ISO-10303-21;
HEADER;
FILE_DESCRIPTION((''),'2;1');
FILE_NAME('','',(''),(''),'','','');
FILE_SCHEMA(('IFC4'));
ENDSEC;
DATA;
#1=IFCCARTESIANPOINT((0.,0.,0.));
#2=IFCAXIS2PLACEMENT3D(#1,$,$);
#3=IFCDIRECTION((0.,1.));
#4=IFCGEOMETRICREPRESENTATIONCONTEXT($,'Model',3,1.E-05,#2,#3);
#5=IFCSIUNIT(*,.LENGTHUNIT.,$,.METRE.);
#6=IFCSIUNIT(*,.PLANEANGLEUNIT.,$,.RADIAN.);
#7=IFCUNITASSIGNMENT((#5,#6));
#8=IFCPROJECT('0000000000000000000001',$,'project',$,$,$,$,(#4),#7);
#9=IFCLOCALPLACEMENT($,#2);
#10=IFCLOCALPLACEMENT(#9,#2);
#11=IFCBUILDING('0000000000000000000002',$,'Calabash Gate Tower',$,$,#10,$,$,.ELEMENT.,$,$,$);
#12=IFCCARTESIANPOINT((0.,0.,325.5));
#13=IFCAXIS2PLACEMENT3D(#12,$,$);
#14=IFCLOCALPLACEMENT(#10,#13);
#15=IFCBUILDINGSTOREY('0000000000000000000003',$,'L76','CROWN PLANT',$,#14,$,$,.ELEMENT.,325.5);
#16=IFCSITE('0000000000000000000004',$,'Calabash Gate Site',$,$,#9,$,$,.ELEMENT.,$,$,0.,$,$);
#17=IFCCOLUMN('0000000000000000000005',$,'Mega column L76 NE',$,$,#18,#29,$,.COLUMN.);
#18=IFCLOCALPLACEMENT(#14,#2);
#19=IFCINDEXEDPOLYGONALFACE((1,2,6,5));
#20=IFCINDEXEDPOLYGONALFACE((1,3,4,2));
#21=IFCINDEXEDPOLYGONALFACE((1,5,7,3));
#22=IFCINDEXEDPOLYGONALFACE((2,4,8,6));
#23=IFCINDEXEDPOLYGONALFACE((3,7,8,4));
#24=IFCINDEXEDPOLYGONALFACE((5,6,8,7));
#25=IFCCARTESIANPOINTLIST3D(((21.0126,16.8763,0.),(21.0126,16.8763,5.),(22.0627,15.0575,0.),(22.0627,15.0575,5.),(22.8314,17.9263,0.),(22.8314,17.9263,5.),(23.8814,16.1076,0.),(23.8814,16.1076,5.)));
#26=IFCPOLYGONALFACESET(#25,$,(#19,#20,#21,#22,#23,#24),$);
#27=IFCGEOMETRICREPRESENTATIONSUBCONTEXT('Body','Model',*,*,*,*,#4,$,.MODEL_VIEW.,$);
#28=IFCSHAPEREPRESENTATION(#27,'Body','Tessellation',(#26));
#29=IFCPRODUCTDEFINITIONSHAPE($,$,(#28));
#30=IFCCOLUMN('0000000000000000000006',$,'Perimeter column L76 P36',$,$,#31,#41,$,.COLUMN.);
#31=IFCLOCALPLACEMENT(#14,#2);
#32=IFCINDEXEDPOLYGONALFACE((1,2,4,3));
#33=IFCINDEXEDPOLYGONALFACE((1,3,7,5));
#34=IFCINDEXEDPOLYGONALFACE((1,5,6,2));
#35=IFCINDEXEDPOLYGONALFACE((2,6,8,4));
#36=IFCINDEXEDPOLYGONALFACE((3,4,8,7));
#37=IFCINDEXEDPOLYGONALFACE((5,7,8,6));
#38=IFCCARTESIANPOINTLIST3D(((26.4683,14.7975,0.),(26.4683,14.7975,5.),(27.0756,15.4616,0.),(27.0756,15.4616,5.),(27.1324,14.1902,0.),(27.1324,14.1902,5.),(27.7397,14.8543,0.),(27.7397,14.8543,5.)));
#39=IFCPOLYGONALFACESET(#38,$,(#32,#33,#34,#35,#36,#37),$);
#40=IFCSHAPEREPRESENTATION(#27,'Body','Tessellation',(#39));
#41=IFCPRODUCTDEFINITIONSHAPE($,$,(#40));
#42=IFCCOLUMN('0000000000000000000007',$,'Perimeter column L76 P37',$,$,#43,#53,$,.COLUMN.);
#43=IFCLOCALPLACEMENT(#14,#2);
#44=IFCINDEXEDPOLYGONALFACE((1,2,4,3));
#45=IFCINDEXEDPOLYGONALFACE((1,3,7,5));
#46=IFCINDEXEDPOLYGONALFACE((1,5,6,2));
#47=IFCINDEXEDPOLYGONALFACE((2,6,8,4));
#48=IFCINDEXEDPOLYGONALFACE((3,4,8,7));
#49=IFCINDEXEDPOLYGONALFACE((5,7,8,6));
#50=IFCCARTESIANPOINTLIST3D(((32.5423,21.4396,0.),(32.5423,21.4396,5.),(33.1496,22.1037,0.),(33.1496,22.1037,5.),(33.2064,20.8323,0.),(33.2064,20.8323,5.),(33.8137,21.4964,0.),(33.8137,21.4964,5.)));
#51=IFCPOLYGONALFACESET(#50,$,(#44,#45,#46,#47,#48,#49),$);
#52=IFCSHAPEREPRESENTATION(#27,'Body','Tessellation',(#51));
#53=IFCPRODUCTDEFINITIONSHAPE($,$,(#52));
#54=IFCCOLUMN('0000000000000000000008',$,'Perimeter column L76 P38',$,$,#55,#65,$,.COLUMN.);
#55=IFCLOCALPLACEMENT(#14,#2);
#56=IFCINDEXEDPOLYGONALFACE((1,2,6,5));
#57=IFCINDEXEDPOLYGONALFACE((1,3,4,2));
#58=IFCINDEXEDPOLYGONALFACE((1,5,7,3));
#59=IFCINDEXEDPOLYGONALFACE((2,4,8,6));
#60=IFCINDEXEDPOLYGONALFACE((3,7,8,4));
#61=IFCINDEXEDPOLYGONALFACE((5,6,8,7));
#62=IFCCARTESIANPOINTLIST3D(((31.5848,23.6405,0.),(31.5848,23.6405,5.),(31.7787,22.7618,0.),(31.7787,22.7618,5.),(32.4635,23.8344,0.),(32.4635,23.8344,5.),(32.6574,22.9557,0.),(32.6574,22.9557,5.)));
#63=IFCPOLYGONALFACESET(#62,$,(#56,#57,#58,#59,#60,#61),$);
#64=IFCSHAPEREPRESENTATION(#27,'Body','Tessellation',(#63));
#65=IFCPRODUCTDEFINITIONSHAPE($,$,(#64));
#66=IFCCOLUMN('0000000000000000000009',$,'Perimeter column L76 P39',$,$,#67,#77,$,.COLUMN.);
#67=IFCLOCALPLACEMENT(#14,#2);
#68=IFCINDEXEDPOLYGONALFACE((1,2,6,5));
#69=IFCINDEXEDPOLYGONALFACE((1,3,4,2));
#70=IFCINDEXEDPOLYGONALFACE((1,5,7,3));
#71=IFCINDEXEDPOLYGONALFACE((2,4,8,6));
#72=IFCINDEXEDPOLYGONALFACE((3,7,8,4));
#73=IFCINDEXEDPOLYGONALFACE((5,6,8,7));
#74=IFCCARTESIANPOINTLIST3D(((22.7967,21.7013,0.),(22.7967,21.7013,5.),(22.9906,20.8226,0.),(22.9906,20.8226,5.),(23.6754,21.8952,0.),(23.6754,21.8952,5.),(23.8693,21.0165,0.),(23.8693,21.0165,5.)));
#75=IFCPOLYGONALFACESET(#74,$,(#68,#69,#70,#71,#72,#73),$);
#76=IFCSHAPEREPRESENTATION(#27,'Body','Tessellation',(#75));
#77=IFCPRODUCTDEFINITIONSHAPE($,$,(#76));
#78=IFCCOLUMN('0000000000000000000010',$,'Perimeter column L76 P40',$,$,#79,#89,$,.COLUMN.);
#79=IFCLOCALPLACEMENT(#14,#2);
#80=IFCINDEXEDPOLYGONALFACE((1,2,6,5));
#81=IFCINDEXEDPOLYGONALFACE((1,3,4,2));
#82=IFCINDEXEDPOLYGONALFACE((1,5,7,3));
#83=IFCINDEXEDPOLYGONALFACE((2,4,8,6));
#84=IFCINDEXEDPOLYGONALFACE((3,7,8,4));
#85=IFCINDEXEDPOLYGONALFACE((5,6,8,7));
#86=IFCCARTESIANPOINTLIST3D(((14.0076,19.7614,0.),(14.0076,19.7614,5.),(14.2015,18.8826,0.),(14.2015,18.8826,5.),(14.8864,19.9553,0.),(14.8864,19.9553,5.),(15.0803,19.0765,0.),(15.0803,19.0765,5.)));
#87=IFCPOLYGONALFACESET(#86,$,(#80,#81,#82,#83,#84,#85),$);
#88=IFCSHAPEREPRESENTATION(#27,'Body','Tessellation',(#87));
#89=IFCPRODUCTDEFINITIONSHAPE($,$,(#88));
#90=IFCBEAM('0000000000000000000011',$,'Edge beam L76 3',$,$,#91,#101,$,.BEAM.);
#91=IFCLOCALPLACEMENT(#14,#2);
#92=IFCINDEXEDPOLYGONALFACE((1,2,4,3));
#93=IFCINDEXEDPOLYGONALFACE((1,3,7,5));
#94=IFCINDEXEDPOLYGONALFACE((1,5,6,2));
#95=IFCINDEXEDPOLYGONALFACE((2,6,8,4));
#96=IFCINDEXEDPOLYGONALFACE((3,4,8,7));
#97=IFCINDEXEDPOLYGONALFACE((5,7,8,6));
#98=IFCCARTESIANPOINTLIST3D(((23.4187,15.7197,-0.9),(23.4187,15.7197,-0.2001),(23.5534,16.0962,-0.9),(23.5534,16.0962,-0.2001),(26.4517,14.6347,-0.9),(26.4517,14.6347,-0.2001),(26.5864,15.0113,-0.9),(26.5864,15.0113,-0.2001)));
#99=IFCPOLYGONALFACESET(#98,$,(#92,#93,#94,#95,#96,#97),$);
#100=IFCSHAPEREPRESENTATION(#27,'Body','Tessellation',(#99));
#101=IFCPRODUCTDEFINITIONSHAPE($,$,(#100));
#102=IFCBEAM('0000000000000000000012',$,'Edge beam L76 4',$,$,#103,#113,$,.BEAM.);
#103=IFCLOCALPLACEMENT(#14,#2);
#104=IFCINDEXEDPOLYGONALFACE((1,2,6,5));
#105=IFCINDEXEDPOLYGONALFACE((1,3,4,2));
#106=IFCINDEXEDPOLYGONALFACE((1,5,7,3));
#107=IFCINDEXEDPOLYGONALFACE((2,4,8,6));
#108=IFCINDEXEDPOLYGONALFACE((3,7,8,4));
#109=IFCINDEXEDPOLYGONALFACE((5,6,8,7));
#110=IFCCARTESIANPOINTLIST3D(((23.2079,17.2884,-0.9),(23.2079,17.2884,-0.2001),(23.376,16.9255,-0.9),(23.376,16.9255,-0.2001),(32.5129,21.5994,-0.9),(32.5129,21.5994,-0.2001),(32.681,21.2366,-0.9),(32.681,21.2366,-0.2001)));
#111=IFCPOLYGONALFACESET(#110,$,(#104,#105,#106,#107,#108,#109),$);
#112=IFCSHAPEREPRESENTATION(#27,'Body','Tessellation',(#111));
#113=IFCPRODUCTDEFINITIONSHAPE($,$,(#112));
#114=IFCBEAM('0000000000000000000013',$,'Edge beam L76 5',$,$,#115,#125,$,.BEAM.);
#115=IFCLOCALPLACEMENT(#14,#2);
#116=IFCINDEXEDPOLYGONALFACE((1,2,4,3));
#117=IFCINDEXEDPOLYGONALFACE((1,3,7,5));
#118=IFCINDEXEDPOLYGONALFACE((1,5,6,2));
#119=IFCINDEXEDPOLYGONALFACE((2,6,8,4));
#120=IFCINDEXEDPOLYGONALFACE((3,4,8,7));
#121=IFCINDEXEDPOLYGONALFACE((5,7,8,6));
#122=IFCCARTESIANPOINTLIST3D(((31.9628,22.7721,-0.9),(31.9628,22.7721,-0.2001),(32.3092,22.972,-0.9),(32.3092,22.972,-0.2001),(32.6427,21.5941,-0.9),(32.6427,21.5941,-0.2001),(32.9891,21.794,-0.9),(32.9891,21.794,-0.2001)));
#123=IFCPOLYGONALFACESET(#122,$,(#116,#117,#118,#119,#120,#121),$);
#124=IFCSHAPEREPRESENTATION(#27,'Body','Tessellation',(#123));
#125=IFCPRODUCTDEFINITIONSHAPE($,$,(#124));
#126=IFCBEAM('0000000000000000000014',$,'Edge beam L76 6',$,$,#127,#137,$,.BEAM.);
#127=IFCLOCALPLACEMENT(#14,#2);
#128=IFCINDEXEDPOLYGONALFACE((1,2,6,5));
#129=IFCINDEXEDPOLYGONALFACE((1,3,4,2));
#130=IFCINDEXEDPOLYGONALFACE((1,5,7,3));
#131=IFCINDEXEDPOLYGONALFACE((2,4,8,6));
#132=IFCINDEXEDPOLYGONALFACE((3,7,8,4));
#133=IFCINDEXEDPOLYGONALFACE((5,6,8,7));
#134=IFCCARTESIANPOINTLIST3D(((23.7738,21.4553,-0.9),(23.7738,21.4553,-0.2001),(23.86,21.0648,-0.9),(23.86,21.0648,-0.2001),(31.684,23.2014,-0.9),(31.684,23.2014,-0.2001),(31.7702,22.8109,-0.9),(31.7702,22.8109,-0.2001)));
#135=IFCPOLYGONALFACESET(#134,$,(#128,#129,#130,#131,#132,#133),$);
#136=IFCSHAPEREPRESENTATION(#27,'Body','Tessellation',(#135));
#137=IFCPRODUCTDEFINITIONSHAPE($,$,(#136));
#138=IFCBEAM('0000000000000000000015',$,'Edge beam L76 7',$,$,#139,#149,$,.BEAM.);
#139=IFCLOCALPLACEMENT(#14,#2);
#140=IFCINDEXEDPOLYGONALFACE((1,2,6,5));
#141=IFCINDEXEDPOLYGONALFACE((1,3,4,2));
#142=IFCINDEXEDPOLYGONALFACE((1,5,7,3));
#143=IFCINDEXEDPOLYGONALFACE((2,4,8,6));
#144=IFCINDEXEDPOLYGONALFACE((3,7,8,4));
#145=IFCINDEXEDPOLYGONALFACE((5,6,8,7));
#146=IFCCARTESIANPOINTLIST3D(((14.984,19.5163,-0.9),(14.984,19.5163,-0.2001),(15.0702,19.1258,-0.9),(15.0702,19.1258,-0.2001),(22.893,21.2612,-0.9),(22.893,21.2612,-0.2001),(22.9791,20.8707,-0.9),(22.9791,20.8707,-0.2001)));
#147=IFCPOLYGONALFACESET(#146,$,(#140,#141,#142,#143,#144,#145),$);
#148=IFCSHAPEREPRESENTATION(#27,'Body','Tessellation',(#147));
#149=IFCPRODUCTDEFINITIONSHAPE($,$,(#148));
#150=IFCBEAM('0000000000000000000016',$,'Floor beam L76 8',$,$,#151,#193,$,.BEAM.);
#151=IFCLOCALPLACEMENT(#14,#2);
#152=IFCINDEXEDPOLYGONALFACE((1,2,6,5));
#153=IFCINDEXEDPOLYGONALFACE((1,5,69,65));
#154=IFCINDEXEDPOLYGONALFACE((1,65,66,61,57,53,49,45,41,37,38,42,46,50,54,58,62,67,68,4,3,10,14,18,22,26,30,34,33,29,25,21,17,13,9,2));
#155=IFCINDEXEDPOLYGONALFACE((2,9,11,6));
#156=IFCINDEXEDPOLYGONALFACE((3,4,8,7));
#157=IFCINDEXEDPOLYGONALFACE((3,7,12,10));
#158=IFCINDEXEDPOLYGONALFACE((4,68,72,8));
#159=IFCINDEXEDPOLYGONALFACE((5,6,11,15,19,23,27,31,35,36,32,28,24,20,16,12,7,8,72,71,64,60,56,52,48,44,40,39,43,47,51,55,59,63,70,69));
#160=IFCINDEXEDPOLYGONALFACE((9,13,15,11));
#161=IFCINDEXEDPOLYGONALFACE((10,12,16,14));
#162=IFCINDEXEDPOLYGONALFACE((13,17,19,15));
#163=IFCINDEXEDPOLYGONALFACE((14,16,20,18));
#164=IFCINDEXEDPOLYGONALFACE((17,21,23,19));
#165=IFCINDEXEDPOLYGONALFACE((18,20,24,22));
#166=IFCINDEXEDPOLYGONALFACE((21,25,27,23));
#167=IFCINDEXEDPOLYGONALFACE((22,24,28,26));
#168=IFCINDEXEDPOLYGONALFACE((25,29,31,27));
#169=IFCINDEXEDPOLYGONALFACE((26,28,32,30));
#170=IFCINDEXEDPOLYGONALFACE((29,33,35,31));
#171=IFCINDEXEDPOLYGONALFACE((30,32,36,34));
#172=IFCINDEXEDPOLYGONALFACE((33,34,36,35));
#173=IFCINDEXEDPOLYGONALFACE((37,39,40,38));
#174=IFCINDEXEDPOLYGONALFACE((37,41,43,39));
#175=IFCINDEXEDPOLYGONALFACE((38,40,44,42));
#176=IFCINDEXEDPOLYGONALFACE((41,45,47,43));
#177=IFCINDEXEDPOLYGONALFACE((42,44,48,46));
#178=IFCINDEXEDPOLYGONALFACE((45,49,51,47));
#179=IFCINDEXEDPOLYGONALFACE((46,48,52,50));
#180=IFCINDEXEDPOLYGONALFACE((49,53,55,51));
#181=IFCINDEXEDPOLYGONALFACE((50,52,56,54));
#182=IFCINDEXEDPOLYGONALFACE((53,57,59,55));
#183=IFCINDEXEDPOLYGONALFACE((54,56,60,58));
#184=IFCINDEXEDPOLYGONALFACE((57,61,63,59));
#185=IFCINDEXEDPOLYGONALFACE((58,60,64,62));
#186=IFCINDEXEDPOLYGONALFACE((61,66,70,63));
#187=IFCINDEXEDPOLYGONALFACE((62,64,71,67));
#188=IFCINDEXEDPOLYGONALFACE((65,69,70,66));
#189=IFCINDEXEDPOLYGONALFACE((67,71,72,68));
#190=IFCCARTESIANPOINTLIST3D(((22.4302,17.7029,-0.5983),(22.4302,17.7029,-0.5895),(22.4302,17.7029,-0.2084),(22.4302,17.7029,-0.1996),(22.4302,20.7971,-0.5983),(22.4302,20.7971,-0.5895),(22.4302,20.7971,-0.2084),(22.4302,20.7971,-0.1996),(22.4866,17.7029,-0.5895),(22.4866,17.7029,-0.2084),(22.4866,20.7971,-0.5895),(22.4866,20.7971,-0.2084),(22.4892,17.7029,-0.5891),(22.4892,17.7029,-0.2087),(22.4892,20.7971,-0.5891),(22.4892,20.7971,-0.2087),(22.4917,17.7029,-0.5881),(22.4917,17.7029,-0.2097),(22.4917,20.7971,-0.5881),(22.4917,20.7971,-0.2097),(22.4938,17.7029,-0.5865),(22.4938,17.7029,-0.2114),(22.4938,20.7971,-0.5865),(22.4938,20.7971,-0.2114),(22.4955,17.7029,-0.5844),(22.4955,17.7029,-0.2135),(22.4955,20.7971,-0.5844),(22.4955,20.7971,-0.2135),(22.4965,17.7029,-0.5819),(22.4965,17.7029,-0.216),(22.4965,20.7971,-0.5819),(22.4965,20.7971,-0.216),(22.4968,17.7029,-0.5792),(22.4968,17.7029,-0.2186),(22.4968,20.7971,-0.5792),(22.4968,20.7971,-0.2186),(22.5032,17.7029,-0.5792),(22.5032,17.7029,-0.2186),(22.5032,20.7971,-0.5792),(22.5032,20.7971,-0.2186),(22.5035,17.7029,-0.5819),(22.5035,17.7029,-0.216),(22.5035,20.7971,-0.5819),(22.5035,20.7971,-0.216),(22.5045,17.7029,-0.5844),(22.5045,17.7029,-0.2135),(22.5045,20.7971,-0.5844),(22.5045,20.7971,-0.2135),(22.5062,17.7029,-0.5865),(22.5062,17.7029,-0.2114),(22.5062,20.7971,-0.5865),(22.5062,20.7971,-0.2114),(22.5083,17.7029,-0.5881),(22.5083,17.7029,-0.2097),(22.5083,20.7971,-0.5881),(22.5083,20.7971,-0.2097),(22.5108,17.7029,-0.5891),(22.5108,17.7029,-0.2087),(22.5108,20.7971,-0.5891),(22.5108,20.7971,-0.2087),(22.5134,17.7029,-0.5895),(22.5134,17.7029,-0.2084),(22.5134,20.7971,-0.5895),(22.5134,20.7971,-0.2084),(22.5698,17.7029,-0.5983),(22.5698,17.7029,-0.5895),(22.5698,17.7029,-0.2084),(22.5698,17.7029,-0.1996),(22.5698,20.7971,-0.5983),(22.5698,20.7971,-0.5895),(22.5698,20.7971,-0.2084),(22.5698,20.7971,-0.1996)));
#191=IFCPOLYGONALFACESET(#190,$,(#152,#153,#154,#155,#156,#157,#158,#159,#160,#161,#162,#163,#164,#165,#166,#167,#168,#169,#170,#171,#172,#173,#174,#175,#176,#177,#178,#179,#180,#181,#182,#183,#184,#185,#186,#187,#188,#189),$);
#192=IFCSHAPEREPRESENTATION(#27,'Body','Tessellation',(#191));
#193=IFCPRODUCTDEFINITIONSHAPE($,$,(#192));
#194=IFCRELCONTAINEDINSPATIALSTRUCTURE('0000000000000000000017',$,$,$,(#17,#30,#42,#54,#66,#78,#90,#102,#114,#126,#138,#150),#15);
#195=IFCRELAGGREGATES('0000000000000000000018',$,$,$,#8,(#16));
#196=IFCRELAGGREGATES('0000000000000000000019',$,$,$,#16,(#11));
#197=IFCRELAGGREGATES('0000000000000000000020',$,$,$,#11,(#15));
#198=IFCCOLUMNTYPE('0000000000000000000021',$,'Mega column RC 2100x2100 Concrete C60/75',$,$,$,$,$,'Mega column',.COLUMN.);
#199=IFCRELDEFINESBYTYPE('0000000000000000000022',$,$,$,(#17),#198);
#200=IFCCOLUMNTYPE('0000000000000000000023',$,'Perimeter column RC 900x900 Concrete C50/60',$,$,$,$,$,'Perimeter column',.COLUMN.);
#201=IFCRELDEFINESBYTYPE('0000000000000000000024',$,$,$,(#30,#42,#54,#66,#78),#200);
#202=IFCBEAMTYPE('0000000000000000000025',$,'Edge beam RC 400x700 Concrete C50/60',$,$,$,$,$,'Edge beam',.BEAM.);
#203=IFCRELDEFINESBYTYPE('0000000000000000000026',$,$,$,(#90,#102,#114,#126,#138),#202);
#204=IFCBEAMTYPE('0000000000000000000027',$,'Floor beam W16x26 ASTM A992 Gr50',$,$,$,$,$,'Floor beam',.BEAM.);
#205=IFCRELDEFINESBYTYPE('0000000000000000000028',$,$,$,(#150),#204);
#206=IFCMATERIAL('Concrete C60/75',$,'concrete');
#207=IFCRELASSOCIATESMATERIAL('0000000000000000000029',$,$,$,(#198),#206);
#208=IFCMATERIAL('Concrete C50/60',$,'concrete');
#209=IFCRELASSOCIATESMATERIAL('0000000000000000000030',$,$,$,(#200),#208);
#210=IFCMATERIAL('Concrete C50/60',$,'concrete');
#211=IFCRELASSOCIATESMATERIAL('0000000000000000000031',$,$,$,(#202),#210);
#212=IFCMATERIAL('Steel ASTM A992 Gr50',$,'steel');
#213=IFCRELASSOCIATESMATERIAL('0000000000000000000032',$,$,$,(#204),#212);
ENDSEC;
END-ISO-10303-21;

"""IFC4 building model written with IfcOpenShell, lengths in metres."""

from ifc_helpers import new_model, si_unit, direction, frame, origin, origin_2d, place, context, subcontext, project, spatial, rectangle, i_section, extrude, material, material_profile, profile_set, type_object, element, save


model = new_model("IFC4")

# Units and contexts
model_context = context("Model", 3, precision=1e-05, world=origin(), true_north=direction((0.0, 1.0)))
body_context = subcontext(model_context, "Body", "Model", "MODEL_VIEW")
ifc_project = project(units=[si_unit("LENGTHUNIT", "METRE"), si_unit("PLANEANGLEUNIT", "RADIAN")], contexts=[model_context])

# Site, building, storey
site_placement = place(None, origin())
site = spatial("IfcSite", under=ifc_project, at=site_placement, Name="Calabash Gate Site", CompositionType="ELEMENT", RefElevation=0.0)
building_placement = place(site_placement, origin())
building = spatial("IfcBuilding", under=site, at=building_placement, Name="Calabash Gate Tower", CompositionType="ELEMENT")
storey_placement = place(building_placement, frame((0.0, 0.0, 325.5)))
storey = spatial("IfcBuildingStorey", under=building, at=storey_placement, Name="L76", Description="CROWN PLANT", CompositionType="ELEMENT", Elevation=325.5)

# Columns
ifc_material_1 = material(Name="Concrete C60/75", Category="concrete")
ifc_material_profile_1 = material_profile(ifc_material_1, rectangle(XDim=2.1001, YDim=2.1001, at=origin_2d()))
ifc_profile_set_1 = profile_set([ifc_material_profile_1], Name="Concrete C60/75")
column_type_1 = type_object("IfcColumnType", Name="Mega column RC 2100x2100 Concrete C60/75", ElementType="Mega column", PredefinedType="COLUMN", material=ifc_profile_set_1)
column_placement = place(storey_placement, frame((22.447, 16.4919, 0.0), z_axis=(0.0, 0.0, 1.0), x_axis=(-0.866025, -0.5, 0.0)))
element("IfcColumn", 1, at=column_placement, inside=storey, type_object=column_type_1, Name="Mega column L76 NE", PredefinedType="COLUMN", context=body_context, shape_type="SweptSolid", body=[
    extrude(rectangle(XDim=2.1001, YDim=2.1001, at=origin_2d()), origin(), (0.0, 0.0, 1.0), 5.0),
])
ifc_material_2 = material(Name="Concrete C50/60", Category="concrete")
ifc_material_profile_2 = material_profile(ifc_material_2, rectangle(XDim=0.8999, YDim=0.8999, at=origin_2d()))
ifc_profile_set_2 = profile_set([ifc_material_profile_2], Name="Concrete C50/60")
column_type_2 = type_object("IfcColumnType", Name="Perimeter column RC 900x900 Concrete C50/60", ElementType="Perimeter column", PredefinedType="COLUMN", material=ifc_profile_set_2)
for number, where, z_axis, x_axis, name in (
    (2, (27.104, 14.8259, 0.0), (0.0, 0.0, 1.0), (0.674856, 0.737949, 0.0), "Perimeter column L76 P36"),
    (3, (33.178, 21.468, 0.0), (0.0, 0.0, 1.0), (0.674856, 0.737949, 0.0), "Perimeter column L76 P37"),
    (4, (32.1211, 23.2981, 0.0), (0.0, 0.0, 1.0), (-0.976511, -0.215468, 0.0), "Perimeter column L76 P38"),
    (5, (23.333, 21.3589, 0.0), (0.0, 0.0, 1.0), (-0.976511, -0.215468, 0.0), "Perimeter column L76 P39"),
    (6, (14.5439, 19.4189, 0.0), (0.0, 0.0, 1.0), (-0.976511, -0.215468, 0.0), "Perimeter column L76 P40"),
):
    element("IfcColumn", number, at=place(storey_placement, frame(where, z_axis=z_axis, x_axis=x_axis)), inside=storey, type_object=column_type_2, Name=name, PredefinedType="COLUMN", context=body_context, shape_type="SweptSolid", body=[
        extrude(rectangle(XDim=0.8999, YDim=0.8999, at=origin_2d()), origin(), (0.0, 0.0, 1.0), 5.0),
    ])

# Beams
ifc_material_3 = material(Name="Concrete C50/60", Category="concrete")
ifc_material_profile_3 = material_profile(ifc_material_3, rectangle(XDim=0.3999, YDim=0.7, at=origin_2d()))
ifc_profile_set_3 = profile_set([ifc_material_profile_3], Name="Concrete C50/60")
beam_type_1 = type_object("IfcBeamType", Name="Edge beam RC 400x700 Concrete C50/60", ElementType="Edge beam", PredefinedType="BEAM", material=ifc_profile_set_3)
beam_1_placement = place(storey_placement, frame((26.519, 14.823, -0.55), z_axis=(-0.941569, 0.336821, 0.0), x_axis=(-0.336821, -0.941569, 0.0)))
element("IfcBeam", 7, at=beam_1_placement, inside=storey, type_object=beam_type_1, Name="Edge beam L76 3", PredefinedType="BEAM", context=body_context, shape_type="SweptSolid", body=[
    extrude(rectangle(XDim=0.3999, YDim=0.7, at=origin_2d()), origin(), (0.0, 0.0, 1.0), 3.2212),
])
beam_2_placement = place(storey_placement, frame((23.292, 17.1069, -0.55), z_axis=(0.907348, 0.42038, 0.0), x_axis=(-0.42038, 0.907348, 0.0)))
element("IfcBeam", 8, at=beam_2_placement, inside=storey, type_object=beam_type_1, Name="Edge beam L76 4", PredefinedType="BEAM", context=body_context, shape_type="SweptSolid", body=[
    extrude(rectangle(XDim=0.3999, YDim=0.7, at=origin_2d()), origin(), (0.0, 0.0, 1.0), 10.2551),
])
beam_3_placement = place(storey_placement, frame((32.8159, 21.6941, -0.55), z_axis=(-0.499904, 0.866081, 0.0), x_axis=(-0.866081, -0.499904, 0.0)))
element("IfcBeam", 9, at=beam_3_placement, inside=storey, type_object=beam_type_1, Name="Edge beam L76 5", PredefinedType="BEAM", context=body_context, shape_type="SweptSolid", body=[
    extrude(rectangle(XDim=0.3999, YDim=0.7, at=origin_2d()), origin(), (0.0, 0.0, 1.0), 1.3601),
])
beam_4_placement = place(storey_placement, frame((31.7271, 23.0061, -0.55), z_axis=(-0.976492, -0.215552, 0.0), x_axis=(0.215552, -0.976492, 0.0)))
element("IfcBeam", 10, at=beam_4_placement, inside=storey, type_object=beam_type_1, Name="Edge beam L76 6", PredefinedType="BEAM", context=body_context, shape_type="SweptSolid", body=[
    extrude(rectangle(XDim=0.3999, YDim=0.7, at=origin_2d()), origin(), (0.0, 0.0, 1.0), 8.1006),
])
beam_5_placement = place(storey_placement, frame((22.936, 21.0659, -0.55), z_axis=(-0.976517, -0.21544, 0.0), x_axis=(0.21544, -0.976517, 0.0)))
element("IfcBeam", 11, at=beam_5_placement, inside=storey, type_object=beam_type_1, Name="Edge beam L76 7", PredefinedType="BEAM", context=body_context, shape_type="SweptSolid", body=[
    extrude(rectangle(XDim=0.3999, YDim=0.7, at=origin_2d()), origin(), (0.0, 0.0, 1.0), 8.0991),
])
ifc_material_4 = material(Name="Steel ASTM A992 Gr50", Category="steel")
ifc_material_profile_4 = material_profile(ifc_material_4, i_section(OverallWidth=0.1396, OverallDepth=0.3987, WebThickness=0.0063, FlangeThickness=0.0088, FilletRadius=0.0103, at=origin_2d()))
ifc_profile_set_4 = profile_set([ifc_material_profile_4], Name="Steel ASTM A992 Gr50")
beam_type_2 = type_object("IfcBeamType", Name="Floor beam W16x26 ASTM A992 Gr50", ElementType="Floor beam", PredefinedType="BEAM", material=ifc_profile_set_4)
beam_6_placement = place(storey_placement, frame((22.5, 17.7029, -0.3989), z_axis=(0.0, 1.0, 0.0), x_axis=(-1.0, 0.0, 0.0)))
element("IfcBeam", 12, at=beam_6_placement, inside=storey, type_object=beam_type_2, Name="Floor beam L76 8", PredefinedType="BEAM", context=body_context, shape_type="SweptSolid", body=[
    extrude(i_section(OverallWidth=0.1396, OverallDepth=0.3987, WebThickness=0.0063, FlangeThickness=0.0088, FilletRadius=0.0103, at=origin_2d()), origin(), (0.0, 0.0, 1.0), 3.0942),
])

save(model, "model.ifc")
